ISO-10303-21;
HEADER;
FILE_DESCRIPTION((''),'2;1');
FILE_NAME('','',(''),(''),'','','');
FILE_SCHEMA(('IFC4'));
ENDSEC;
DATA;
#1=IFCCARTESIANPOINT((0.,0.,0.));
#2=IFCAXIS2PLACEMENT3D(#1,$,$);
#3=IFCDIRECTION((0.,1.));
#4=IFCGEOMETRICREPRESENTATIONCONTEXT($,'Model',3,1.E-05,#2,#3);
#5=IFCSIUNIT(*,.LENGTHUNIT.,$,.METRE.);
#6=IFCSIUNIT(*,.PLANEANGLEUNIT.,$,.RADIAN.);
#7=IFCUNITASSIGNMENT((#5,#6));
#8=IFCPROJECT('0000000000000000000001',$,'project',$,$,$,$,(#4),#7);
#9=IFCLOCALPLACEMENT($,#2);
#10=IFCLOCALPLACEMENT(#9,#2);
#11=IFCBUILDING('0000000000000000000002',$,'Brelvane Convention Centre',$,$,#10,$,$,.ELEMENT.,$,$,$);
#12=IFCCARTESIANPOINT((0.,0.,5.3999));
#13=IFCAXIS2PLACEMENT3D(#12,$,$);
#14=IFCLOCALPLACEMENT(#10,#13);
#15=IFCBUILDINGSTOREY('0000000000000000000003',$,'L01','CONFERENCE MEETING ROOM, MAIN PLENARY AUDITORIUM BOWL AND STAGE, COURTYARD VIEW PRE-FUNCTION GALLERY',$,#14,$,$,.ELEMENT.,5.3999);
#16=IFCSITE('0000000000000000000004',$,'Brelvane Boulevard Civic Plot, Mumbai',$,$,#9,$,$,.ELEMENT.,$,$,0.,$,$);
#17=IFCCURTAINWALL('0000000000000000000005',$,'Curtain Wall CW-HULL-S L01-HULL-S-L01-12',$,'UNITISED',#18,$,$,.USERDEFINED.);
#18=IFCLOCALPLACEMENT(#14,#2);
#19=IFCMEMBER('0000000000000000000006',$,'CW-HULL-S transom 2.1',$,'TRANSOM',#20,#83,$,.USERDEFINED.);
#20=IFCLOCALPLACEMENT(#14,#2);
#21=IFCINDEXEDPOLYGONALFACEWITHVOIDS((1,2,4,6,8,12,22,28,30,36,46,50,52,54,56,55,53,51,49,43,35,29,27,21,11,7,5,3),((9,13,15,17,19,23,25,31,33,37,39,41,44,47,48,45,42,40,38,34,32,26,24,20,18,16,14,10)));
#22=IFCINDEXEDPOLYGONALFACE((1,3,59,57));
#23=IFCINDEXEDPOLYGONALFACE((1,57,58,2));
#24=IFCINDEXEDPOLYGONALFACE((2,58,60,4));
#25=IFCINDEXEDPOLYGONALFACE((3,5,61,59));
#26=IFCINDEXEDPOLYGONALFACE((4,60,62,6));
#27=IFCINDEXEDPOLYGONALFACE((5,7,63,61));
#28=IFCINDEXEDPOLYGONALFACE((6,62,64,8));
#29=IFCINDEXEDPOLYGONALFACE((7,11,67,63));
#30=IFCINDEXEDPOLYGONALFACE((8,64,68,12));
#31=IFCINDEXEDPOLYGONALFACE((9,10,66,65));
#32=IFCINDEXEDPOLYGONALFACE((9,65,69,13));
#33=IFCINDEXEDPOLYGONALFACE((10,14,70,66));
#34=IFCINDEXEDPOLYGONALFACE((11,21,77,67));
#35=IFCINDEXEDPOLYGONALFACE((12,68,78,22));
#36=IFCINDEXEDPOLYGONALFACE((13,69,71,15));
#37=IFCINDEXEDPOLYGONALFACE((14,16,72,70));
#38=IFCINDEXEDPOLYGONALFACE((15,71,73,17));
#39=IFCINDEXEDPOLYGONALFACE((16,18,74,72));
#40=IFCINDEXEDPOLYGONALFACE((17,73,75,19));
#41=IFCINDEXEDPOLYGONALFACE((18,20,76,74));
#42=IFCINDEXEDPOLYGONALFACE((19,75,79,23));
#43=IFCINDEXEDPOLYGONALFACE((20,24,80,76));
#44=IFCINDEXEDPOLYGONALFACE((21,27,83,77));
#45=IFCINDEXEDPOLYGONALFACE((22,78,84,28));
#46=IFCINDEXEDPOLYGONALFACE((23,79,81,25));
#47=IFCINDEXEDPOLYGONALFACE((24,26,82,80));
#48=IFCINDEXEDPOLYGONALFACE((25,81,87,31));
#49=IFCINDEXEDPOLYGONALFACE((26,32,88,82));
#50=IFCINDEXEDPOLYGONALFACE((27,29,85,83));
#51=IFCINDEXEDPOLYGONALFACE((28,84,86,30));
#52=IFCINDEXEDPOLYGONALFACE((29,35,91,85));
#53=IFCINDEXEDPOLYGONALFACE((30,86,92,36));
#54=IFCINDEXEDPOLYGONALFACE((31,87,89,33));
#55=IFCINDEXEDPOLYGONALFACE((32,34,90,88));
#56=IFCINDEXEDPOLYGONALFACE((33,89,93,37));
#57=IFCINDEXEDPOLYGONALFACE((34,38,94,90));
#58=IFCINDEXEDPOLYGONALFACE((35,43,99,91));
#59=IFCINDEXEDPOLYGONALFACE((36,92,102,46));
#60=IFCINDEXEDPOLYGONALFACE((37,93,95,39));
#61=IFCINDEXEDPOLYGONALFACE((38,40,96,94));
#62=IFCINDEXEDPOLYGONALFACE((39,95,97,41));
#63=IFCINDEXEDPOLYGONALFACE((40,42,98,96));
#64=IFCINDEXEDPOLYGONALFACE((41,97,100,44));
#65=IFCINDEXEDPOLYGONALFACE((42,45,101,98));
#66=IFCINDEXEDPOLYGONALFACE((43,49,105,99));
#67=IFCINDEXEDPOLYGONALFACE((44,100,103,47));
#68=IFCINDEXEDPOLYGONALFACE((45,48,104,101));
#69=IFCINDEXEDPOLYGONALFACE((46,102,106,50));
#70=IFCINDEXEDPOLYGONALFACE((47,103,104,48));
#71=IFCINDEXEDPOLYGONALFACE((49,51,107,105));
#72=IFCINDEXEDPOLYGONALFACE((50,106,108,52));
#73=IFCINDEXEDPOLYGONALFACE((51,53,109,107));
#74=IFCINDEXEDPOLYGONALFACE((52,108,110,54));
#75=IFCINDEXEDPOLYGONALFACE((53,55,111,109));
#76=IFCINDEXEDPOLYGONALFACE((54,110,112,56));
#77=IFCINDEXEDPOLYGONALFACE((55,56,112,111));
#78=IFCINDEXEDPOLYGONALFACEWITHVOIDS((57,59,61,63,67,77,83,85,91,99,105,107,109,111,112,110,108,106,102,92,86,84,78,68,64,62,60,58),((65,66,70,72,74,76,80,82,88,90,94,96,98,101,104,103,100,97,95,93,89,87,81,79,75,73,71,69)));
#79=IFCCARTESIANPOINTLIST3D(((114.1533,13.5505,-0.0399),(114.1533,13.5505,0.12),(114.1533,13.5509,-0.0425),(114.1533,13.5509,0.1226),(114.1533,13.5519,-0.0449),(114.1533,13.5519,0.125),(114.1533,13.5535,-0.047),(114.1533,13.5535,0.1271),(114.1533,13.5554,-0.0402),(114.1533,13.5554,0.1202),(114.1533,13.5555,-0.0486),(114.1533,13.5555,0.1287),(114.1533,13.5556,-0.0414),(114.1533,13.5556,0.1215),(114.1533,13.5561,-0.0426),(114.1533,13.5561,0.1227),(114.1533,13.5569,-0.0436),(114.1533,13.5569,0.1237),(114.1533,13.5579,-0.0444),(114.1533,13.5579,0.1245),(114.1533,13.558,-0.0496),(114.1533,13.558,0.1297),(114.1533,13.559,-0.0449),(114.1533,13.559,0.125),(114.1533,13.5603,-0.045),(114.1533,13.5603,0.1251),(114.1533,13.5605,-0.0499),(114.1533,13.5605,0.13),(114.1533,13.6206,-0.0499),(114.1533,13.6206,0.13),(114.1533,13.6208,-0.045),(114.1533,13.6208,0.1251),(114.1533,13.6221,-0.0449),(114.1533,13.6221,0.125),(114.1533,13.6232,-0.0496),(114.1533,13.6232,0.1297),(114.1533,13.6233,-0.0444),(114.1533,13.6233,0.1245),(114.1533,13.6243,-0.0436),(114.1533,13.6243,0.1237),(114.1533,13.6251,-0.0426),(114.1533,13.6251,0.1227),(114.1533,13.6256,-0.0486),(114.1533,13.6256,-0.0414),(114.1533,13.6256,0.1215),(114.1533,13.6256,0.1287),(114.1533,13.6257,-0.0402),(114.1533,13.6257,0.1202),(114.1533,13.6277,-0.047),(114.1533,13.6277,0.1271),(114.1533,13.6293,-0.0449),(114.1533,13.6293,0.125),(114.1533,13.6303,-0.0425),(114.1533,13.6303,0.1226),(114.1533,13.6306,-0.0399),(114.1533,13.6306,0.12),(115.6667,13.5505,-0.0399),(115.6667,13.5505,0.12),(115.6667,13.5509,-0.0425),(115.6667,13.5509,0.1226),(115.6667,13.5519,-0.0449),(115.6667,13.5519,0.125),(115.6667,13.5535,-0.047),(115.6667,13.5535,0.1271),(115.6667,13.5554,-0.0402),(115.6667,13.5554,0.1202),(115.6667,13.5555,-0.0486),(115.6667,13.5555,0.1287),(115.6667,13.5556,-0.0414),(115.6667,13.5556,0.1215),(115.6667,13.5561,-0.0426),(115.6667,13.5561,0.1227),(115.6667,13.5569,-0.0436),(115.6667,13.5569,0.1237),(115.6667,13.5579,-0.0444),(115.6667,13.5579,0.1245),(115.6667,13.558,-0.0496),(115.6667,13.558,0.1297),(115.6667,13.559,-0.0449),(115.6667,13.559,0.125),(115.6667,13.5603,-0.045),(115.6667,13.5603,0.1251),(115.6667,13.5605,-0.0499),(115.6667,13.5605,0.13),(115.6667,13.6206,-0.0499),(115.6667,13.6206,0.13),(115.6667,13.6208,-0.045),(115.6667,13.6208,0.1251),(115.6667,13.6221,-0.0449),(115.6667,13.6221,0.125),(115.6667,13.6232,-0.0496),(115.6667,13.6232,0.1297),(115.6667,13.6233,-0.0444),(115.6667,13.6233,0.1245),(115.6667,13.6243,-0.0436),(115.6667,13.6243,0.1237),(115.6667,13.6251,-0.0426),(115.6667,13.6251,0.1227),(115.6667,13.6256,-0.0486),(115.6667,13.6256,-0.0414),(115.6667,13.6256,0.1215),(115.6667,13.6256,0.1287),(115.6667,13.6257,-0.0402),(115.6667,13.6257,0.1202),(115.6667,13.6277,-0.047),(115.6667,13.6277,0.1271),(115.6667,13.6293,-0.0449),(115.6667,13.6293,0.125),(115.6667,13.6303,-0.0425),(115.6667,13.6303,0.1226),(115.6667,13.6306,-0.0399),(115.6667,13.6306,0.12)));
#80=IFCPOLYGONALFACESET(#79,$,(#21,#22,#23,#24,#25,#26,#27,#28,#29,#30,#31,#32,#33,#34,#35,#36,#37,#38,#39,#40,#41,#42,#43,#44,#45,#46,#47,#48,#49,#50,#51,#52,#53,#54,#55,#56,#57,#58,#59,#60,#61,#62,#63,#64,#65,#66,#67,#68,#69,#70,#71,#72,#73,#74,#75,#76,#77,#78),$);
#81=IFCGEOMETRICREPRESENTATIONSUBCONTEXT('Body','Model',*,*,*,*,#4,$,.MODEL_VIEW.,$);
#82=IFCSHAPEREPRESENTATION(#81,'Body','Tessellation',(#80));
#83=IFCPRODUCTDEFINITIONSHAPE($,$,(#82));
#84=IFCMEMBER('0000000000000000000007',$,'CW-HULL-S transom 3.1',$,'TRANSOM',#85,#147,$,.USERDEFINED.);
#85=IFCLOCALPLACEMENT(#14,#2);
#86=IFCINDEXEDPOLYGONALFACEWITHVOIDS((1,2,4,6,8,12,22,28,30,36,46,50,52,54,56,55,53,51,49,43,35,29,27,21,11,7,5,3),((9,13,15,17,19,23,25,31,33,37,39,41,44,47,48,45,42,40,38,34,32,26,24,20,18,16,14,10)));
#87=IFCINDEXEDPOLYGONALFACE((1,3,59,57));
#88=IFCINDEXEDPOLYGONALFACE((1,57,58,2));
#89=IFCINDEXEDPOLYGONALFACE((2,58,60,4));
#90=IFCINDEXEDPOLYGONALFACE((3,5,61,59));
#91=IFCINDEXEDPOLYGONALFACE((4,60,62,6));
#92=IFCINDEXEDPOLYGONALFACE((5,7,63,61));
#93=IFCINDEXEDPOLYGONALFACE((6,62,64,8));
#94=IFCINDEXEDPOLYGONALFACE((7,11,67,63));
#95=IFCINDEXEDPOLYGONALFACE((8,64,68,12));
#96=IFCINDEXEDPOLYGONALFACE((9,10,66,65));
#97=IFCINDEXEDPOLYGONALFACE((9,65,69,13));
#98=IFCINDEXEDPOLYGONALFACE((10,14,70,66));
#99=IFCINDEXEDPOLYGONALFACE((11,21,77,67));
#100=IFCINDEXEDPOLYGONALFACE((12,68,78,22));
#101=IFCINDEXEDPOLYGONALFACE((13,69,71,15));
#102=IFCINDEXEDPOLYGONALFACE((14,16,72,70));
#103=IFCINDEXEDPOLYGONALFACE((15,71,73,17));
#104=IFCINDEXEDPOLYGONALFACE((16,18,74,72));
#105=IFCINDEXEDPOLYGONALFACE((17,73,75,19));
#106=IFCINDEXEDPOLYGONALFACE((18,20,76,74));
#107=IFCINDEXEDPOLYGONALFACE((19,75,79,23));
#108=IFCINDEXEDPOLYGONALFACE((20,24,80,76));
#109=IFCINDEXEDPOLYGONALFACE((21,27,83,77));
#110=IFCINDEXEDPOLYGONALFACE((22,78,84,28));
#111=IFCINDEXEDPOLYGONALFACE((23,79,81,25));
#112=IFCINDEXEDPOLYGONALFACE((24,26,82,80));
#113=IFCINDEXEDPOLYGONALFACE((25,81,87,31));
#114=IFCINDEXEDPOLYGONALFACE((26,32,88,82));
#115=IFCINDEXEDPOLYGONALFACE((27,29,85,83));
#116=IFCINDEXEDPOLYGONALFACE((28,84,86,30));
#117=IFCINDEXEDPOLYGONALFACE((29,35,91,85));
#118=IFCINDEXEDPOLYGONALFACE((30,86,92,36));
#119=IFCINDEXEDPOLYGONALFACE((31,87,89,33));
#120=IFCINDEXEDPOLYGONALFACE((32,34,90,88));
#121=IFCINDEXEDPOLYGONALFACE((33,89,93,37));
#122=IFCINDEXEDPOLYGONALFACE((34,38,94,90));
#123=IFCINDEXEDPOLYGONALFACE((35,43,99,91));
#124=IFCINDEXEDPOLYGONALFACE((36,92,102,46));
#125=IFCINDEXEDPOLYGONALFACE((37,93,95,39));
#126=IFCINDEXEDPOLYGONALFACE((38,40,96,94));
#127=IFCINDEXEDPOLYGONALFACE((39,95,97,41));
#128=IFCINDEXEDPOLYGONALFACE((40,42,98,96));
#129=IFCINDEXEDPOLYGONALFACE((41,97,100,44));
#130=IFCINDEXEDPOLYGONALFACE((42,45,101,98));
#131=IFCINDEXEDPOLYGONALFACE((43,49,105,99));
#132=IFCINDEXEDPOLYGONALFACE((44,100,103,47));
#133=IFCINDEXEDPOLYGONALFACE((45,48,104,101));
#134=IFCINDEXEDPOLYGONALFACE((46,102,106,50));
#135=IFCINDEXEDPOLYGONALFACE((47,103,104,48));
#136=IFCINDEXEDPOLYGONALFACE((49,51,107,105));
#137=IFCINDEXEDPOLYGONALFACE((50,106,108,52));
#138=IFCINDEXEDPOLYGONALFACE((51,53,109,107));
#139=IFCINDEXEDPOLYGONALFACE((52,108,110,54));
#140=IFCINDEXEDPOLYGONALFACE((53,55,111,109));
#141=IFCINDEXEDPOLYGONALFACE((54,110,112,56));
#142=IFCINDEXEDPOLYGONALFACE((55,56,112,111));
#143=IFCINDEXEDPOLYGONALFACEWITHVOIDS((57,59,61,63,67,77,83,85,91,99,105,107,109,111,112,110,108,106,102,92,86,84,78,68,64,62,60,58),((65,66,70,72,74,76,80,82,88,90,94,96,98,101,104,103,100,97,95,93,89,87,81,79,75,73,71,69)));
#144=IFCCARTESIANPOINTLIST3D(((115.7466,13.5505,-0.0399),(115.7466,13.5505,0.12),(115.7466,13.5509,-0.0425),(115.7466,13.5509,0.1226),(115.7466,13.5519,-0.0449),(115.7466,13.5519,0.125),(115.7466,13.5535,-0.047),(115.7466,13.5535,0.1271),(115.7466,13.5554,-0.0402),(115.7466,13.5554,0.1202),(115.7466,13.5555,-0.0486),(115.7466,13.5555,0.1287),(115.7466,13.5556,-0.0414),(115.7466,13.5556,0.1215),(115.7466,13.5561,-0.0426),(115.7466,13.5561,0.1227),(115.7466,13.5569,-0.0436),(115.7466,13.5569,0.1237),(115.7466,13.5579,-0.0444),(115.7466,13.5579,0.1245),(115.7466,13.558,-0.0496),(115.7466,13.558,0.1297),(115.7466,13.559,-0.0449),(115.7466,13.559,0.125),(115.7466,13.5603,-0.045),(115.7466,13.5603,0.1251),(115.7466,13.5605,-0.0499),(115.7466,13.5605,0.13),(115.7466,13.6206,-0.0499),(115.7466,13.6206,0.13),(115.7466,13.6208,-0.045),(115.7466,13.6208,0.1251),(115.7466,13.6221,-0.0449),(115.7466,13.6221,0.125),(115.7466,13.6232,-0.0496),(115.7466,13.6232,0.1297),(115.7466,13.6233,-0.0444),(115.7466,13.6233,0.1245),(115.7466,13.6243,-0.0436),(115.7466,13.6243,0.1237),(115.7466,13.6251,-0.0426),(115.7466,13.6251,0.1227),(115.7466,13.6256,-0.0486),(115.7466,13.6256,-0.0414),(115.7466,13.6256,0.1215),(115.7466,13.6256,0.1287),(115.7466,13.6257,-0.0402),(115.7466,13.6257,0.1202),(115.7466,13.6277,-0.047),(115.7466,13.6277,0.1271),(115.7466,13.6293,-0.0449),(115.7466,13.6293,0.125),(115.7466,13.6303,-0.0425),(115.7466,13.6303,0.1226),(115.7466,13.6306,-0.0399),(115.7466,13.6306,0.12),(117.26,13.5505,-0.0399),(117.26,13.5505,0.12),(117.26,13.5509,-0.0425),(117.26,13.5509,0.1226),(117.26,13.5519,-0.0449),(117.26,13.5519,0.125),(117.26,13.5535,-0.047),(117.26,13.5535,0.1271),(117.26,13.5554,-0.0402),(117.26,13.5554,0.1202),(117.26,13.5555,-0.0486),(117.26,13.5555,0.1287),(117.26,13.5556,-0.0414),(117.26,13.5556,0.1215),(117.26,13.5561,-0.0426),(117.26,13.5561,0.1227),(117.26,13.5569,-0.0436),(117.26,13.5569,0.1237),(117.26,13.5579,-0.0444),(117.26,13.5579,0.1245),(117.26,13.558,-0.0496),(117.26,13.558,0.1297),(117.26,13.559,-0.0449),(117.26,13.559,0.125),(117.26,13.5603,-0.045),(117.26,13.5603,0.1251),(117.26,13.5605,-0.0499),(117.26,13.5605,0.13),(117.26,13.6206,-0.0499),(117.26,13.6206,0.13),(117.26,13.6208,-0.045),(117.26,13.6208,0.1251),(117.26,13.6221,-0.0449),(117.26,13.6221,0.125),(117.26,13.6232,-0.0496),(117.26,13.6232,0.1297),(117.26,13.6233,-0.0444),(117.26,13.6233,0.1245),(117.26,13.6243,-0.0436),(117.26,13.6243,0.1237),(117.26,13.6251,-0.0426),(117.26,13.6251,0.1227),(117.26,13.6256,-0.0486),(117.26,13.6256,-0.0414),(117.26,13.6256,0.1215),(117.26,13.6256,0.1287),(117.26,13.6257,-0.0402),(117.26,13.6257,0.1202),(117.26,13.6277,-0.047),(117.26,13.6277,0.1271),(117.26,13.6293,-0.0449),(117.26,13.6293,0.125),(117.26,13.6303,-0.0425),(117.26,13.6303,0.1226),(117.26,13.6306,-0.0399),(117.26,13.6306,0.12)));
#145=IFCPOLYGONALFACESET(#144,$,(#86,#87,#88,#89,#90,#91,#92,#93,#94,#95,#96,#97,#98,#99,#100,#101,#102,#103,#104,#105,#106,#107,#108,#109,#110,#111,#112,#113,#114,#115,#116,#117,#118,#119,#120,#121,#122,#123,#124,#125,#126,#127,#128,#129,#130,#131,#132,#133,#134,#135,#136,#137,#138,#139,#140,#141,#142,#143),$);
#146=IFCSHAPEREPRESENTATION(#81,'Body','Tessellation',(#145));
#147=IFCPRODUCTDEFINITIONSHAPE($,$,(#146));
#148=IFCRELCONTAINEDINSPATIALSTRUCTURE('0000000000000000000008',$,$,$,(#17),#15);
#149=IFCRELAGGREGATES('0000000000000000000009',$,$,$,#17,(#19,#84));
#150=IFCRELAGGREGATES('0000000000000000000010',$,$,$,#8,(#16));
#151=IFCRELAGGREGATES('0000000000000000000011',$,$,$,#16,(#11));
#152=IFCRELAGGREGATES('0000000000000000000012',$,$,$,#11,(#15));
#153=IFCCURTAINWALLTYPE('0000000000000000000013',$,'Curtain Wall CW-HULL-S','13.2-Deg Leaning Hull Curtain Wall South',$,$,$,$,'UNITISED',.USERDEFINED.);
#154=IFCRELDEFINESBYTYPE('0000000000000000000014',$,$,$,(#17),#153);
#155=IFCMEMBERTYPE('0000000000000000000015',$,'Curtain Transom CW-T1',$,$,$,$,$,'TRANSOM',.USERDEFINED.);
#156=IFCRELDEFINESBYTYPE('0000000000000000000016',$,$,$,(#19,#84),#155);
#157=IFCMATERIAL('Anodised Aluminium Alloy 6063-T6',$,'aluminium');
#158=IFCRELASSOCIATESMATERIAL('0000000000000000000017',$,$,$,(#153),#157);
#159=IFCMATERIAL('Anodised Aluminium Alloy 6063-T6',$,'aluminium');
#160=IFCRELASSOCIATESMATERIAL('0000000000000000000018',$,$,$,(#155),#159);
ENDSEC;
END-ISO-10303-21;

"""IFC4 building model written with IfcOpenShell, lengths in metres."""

from ifc_helpers import new_model, si_unit, direction, frame, origin, origin_2d, place, context, subcontext, project, spatial, hollow_rectangle, extrude, material, material_profile, profile_set, type_object, element, aggregate, save


model = new_model("IFC4")

# Units and contexts
model_context = context("Model", 3, precision=1e-05, world=origin(), true_north=direction((0.0, 1.0)))
body_context = subcontext(model_context, "Body", "Model", "MODEL_VIEW")
ifc_project = project(units=[si_unit("LENGTHUNIT", "METRE"), si_unit("PLANEANGLEUNIT", "RADIAN")], contexts=[model_context])

# Site, building, storey
site_placement = place(None, origin())
site = spatial("IfcSite", under=ifc_project, at=site_placement, Name="Brelvane Boulevard Civic Plot, Mumbai", CompositionType="ELEMENT", RefElevation=0.0)
building_placement = place(site_placement, origin())
building = spatial("IfcBuilding", under=site, at=building_placement, Name="Brelvane Convention Centre", CompositionType="ELEMENT")
storey_placement = place(building_placement, frame((0.0, 0.0, 5.3999)))
storey = spatial("IfcBuildingStorey", under=building, at=storey_placement, Name="L01", Description="CONFERENCE MEETING ROOM, MAIN PLENARY AUDITORIUM BOWL AND STAGE, COURTYARD VIEW PRE-FUNCTION GALLERY", CompositionType="ELEMENT", Elevation=5.3999)

# Curtain wall
ifc_material_1 = material(Name="Anodised Aluminium Alloy 6063-T6", Category="aluminium")
curtain_wall_type = type_object("IfcCurtainWallType", Name="Curtain Wall CW-HULL-S", Description="13.2-Deg Leaning Hull Curtain Wall South", ElementType="UNITISED", PredefinedType="USERDEFINED", material=ifc_material_1)
curtain_wall_1_placement = place(storey_placement, origin())
curtain_wall_1 = element("IfcCurtainWall", 1, at=curtain_wall_1_placement, inside=storey, type_object=curtain_wall_type, Name="Curtain Wall CW-HULL-S L01-HULL-S-L01-12", ObjectType="UNITISED", PredefinedType="USERDEFINED")

# Members
ifc_material_2 = material(Name="Anodised Aluminium Alloy 6063-T6", Category="aluminium")
ifc_material_profile_1 = material_profile(ifc_material_2, hollow_rectangle(XDim=0.0801, YDim=0.1799, WallThickness=0.0049, InnerFilletRadius=0.0049, OuterFilletRadius=0.01, at=origin_2d()), Name="ALU-T 180x80x5.0")
ifc_profile_set_1 = profile_set([ifc_material_profile_1], Name="Anodised Aluminium Alloy 6063-T6")
member_type_1 = type_object("IfcMemberType", Name="Curtain Transom CW-T1", ElementType="TRANSOM", PredefinedType="USERDEFINED", material=ifc_profile_set_1)
member_1_placement = place(storey_placement, frame((114.1533, 13.5906, 0.04), z_axis=(1.0, 0.0, 0.0), x_axis=(0.0, 1.0, 0.0)))
member_1 = element("IfcMember", 2, at=member_1_placement, type_object=member_type_1, Name="CW-HULL-S transom 2.1", ObjectType="TRANSOM", PredefinedType="USERDEFINED", context=body_context, shape_type="SweptSolid", body=[
    extrude(hollow_rectangle(XDim=0.0801, YDim=0.1799, WallThickness=0.0049, InnerFilletRadius=0.0049, OuterFilletRadius=0.01, at=origin_2d()), origin(), (0.0, 0.0, 1.0), 1.5134),
])
member_2_placement = place(storey_placement, frame((115.7466, 13.5906, 0.04), z_axis=(1.0, 0.0, 0.0), x_axis=(0.0, 1.0, 0.0)))
member_2 = element("IfcMember", 3, at=member_2_placement, type_object=member_type_1, Name="CW-HULL-S transom 3.1", ObjectType="TRANSOM", PredefinedType="USERDEFINED", context=body_context, shape_type="SweptSolid", body=[
    extrude(hollow_rectangle(XDim=0.0801, YDim=0.1799, WallThickness=0.0049, InnerFilletRadius=0.0049, OuterFilletRadius=0.01, at=origin_2d()), origin(), (0.0, 0.0, 1.0), 1.5134),
])

aggregate(curtain_wall_1, [member_1, member_2])

save(model, "model.ifc")
